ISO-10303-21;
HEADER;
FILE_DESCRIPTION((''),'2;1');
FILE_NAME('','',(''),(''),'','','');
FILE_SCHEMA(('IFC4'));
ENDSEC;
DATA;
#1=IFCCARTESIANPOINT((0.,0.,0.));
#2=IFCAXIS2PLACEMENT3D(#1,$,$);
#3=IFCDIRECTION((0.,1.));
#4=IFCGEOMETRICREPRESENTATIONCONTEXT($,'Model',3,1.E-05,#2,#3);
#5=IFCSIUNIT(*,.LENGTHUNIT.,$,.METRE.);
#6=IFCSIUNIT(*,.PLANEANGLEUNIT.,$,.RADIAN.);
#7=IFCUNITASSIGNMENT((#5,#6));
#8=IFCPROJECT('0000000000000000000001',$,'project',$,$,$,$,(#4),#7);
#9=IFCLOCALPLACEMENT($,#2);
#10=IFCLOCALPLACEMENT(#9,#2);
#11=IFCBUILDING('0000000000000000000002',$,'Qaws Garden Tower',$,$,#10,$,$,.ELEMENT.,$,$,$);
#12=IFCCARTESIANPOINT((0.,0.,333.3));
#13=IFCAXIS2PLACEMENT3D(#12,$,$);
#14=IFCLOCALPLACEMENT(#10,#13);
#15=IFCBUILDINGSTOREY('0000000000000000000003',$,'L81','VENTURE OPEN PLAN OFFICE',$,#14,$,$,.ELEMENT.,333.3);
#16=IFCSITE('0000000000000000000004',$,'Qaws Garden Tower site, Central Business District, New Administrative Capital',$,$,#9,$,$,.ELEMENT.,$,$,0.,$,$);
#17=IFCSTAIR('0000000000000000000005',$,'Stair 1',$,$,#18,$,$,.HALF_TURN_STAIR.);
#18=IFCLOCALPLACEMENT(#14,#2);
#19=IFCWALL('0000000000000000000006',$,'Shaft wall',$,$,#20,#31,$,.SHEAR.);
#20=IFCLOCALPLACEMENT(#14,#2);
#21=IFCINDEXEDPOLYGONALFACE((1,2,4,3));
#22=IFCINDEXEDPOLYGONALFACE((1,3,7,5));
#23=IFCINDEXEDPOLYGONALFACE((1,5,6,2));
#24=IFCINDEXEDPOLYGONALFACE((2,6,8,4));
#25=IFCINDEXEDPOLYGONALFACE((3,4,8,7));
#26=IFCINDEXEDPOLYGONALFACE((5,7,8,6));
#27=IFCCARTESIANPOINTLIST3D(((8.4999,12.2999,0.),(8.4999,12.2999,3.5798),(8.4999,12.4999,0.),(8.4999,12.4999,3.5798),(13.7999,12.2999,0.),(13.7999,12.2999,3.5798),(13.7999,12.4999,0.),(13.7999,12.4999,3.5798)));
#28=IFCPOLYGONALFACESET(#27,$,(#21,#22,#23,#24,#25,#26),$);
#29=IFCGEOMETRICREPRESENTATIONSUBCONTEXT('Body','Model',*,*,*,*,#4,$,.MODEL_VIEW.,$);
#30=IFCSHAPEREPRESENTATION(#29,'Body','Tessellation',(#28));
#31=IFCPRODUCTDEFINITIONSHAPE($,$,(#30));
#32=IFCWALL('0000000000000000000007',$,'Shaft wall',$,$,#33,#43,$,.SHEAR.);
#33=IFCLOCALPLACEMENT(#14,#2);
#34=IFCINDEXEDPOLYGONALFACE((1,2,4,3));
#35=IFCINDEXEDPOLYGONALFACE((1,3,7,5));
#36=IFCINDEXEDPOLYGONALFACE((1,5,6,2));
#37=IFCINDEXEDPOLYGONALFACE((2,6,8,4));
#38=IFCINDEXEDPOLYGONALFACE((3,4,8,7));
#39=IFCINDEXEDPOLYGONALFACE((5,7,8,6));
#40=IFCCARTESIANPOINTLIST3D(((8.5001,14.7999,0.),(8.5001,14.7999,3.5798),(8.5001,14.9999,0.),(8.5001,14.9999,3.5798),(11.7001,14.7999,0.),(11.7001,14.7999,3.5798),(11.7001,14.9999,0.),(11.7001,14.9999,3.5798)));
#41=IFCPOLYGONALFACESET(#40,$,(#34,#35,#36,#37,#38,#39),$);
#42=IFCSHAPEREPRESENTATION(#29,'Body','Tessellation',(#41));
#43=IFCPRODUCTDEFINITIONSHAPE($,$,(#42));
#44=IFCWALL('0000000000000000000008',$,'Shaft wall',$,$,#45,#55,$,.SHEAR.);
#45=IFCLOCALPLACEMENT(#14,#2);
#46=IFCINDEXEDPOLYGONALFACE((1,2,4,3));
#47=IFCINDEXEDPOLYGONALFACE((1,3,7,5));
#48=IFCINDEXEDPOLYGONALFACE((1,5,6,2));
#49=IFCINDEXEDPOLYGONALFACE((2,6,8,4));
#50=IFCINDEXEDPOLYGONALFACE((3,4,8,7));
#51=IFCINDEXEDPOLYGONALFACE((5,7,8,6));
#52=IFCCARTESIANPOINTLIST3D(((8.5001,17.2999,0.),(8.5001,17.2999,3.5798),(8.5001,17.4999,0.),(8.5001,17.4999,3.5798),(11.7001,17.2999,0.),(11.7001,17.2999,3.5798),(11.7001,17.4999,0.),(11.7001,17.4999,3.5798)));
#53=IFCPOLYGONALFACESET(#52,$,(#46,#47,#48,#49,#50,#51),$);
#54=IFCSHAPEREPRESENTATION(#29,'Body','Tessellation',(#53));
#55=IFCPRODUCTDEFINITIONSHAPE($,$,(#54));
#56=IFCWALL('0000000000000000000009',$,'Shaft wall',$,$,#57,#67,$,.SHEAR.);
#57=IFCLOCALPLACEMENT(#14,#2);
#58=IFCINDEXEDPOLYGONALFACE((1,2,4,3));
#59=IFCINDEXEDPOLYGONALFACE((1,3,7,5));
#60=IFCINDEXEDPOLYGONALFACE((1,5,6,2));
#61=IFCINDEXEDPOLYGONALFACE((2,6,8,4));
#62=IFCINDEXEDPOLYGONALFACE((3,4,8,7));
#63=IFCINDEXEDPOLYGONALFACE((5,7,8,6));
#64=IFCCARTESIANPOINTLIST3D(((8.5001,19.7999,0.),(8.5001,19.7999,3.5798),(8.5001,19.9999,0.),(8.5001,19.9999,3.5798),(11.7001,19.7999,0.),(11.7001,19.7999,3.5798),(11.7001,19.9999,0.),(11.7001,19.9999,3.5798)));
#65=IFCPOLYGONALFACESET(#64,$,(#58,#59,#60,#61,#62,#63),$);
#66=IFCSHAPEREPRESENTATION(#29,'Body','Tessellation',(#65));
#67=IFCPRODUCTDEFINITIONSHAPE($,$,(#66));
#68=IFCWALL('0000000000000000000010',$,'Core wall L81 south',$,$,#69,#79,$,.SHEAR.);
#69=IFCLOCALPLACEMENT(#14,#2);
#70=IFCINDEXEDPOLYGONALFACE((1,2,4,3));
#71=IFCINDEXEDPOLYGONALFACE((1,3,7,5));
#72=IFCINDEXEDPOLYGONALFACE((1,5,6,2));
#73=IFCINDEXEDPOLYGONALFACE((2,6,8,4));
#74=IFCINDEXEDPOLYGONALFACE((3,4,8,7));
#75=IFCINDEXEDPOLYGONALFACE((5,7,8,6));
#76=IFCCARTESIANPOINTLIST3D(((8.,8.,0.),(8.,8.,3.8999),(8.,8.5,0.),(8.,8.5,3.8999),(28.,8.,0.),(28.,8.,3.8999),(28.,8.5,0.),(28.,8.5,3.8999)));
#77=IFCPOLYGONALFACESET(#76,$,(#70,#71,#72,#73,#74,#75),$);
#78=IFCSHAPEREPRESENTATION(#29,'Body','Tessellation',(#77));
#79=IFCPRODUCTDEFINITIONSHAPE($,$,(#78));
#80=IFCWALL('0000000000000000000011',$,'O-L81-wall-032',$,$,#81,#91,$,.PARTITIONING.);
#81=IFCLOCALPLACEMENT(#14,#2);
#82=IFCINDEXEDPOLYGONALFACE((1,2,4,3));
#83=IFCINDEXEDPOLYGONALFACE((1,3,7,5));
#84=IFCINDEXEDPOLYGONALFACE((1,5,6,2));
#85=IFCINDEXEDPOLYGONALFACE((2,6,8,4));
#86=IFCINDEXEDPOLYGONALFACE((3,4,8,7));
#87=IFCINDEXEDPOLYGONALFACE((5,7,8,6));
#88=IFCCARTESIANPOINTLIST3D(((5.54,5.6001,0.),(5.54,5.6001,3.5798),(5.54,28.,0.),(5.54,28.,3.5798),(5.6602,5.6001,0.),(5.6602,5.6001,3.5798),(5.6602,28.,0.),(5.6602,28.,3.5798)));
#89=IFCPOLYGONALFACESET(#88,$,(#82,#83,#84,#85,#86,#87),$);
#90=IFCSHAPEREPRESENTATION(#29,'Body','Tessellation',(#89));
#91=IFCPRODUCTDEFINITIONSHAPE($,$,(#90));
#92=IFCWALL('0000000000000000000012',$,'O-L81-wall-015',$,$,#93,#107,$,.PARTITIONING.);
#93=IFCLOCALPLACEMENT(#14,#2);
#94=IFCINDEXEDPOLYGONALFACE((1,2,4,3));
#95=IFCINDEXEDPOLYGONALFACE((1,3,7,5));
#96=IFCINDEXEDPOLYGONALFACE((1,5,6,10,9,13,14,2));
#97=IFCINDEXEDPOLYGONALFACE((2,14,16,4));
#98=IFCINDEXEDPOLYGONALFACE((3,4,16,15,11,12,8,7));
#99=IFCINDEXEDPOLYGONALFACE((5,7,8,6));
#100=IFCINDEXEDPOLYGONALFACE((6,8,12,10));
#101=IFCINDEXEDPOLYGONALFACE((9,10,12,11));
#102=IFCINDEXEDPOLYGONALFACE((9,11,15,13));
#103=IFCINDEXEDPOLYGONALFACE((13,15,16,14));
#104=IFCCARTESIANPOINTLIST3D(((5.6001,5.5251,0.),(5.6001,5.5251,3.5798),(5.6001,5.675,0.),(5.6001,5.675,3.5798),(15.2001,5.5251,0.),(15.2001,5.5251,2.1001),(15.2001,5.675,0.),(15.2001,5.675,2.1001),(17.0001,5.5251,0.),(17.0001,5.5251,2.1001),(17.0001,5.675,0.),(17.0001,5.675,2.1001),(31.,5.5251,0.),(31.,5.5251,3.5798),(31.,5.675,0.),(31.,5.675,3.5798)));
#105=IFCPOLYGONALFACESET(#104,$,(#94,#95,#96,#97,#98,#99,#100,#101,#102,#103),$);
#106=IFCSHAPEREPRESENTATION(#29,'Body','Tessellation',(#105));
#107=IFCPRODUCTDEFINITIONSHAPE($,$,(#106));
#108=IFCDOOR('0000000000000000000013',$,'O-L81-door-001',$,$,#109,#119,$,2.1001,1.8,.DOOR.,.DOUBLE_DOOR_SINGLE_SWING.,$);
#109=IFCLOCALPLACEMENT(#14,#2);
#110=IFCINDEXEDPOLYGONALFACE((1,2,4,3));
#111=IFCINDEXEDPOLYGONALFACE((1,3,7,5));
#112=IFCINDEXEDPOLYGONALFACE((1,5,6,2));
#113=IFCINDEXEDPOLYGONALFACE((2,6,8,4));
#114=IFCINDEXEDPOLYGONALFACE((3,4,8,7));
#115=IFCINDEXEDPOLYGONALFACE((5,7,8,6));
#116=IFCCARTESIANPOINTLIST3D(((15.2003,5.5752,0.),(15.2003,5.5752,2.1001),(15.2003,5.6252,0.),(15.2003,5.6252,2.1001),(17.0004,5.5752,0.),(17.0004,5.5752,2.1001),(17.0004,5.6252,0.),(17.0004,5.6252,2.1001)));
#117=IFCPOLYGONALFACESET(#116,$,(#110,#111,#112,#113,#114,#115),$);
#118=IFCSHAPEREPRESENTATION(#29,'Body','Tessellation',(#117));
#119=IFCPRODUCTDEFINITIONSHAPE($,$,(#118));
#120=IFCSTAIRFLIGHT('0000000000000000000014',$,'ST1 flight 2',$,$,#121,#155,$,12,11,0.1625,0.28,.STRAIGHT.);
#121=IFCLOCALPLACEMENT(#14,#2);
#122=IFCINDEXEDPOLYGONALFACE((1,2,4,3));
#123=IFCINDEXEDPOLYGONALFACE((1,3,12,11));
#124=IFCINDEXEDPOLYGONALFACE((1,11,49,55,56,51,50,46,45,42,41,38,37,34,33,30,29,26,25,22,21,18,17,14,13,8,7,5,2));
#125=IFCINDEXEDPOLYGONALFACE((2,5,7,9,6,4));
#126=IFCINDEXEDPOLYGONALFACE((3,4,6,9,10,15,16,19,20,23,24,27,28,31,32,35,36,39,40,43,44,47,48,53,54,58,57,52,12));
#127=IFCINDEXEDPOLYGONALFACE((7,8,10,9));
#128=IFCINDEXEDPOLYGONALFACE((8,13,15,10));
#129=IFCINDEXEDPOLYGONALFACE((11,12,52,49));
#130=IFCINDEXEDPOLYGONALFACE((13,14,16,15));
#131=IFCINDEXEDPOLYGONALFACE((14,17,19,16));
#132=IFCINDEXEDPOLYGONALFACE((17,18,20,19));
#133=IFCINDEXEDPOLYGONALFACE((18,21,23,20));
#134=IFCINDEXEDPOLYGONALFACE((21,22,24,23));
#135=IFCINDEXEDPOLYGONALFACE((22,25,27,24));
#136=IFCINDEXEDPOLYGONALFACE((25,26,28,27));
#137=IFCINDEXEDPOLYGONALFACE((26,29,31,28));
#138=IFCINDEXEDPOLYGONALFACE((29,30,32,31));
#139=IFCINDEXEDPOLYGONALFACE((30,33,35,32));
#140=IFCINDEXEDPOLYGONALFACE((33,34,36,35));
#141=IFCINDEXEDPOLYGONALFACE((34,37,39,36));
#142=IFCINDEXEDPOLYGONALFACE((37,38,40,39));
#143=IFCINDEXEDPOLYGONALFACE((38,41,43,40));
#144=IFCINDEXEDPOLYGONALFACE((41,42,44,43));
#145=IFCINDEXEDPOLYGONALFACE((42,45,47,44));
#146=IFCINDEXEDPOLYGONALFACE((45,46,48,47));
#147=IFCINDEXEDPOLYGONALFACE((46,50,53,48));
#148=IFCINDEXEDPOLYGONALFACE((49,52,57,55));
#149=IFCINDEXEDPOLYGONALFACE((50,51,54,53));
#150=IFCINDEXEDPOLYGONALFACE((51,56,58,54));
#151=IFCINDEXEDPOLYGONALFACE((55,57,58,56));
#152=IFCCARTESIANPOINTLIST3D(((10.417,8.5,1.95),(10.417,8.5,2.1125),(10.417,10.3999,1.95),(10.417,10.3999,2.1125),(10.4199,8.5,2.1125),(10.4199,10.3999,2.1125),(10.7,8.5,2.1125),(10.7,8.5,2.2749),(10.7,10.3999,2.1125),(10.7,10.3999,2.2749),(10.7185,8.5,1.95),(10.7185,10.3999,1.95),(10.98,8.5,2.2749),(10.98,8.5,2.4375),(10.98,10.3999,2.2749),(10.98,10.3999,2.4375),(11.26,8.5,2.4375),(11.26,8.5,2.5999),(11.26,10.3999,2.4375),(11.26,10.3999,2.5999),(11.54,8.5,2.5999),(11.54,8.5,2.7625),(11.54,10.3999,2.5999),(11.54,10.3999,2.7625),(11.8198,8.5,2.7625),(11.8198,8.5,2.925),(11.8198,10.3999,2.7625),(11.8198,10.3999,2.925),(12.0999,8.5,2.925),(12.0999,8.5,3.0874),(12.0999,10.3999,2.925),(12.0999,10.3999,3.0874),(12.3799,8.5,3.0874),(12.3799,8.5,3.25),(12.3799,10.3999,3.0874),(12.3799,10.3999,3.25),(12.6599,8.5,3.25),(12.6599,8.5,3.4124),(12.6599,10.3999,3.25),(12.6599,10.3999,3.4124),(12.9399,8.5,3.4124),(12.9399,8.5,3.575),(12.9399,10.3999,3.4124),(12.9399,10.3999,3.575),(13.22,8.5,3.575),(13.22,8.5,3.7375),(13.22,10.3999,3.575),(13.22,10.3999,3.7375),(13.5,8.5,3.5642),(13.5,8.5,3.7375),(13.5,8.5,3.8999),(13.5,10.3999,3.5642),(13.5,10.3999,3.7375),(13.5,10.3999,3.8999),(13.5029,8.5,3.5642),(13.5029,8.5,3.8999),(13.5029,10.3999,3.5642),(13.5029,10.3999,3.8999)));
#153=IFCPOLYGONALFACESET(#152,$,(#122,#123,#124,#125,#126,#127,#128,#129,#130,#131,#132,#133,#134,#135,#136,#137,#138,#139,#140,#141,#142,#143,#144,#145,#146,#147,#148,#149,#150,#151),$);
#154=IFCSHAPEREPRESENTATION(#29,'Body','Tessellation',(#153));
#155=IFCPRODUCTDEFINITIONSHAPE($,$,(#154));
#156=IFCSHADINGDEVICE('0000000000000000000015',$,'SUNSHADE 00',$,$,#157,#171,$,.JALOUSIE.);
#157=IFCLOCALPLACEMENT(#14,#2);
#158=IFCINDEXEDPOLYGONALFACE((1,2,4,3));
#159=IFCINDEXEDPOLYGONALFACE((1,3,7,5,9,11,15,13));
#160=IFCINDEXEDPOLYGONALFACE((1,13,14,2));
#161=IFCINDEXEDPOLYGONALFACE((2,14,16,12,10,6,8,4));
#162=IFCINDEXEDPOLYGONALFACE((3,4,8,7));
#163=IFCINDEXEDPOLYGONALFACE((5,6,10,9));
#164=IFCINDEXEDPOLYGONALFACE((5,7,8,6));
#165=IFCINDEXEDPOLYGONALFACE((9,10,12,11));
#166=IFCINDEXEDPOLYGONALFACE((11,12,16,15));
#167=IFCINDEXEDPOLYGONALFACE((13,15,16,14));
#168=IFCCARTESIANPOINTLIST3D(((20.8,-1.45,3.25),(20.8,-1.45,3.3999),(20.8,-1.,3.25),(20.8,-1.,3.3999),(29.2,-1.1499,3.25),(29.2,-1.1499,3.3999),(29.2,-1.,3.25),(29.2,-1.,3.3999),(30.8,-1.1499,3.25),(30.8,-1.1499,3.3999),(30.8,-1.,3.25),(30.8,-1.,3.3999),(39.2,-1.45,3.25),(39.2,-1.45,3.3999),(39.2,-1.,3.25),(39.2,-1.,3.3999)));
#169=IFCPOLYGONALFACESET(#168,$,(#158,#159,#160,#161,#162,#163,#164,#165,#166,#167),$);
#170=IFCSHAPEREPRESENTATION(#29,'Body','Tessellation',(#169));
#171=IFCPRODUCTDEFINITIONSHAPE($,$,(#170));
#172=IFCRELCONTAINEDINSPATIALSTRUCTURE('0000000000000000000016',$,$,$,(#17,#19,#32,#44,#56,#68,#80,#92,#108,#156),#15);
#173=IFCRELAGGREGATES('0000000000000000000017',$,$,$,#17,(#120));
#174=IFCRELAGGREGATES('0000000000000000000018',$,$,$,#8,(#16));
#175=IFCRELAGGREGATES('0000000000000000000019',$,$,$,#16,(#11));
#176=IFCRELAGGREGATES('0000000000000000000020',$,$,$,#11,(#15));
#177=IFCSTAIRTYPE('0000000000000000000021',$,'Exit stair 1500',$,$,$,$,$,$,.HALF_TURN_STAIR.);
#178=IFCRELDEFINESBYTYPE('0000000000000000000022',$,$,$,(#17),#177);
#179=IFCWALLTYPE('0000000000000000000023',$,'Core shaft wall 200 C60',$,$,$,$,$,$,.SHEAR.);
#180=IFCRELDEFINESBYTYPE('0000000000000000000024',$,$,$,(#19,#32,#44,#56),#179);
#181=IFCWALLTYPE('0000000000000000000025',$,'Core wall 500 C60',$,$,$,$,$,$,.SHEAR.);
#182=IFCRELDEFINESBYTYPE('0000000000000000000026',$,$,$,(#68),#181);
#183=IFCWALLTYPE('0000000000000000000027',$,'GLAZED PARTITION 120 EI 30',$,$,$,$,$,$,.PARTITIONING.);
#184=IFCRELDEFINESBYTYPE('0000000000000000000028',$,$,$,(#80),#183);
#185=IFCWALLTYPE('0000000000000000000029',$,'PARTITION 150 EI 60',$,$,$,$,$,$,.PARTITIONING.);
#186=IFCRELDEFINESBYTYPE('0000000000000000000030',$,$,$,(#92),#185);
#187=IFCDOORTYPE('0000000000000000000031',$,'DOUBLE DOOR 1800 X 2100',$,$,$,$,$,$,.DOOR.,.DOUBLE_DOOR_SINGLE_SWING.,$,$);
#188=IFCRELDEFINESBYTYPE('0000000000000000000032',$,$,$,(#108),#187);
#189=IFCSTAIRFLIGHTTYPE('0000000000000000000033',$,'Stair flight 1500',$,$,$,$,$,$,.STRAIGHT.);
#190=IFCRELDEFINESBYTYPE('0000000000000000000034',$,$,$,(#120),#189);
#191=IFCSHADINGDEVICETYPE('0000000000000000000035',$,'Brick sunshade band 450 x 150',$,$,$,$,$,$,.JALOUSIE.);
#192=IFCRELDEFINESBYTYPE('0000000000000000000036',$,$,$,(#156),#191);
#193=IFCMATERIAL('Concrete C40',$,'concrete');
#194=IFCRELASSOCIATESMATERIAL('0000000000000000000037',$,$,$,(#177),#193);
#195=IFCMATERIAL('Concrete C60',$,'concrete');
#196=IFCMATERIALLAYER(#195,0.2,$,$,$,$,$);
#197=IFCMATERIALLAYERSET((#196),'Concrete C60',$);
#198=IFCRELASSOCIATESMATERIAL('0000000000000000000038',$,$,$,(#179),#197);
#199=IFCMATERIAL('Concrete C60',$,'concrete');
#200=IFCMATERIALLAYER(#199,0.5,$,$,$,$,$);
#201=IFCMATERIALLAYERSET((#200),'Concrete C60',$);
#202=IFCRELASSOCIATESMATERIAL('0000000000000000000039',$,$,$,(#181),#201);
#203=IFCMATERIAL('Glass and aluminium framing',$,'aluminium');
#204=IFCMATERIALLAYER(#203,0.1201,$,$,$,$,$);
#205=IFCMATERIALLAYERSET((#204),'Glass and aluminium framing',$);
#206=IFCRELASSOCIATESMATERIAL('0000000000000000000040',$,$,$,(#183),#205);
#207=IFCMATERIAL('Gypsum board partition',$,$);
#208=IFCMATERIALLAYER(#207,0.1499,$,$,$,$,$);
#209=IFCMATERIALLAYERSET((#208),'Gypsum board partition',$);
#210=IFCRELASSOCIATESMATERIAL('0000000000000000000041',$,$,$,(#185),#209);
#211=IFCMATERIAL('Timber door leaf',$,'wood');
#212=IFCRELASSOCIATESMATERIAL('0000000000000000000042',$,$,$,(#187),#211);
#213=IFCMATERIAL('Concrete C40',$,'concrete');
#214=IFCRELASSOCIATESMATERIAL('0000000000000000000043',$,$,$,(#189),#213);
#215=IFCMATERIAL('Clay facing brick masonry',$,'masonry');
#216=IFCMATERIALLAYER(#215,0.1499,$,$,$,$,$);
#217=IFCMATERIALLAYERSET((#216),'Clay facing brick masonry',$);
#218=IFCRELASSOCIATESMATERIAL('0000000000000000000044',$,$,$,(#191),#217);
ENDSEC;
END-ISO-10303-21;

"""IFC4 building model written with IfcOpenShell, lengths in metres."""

from ifc_helpers import new_model, si_unit, direction, frame, frame_2d, origin, place, context, subcontext, project, spatial, polyline, rectangle, outline, extrude, material, layer, layer_set, type_object, element, fill, aggregate, save


model = new_model("IFC4")

# Units and contexts
model_context = context("Model", 3, precision=1e-05, world=origin(), true_north=direction((0.0, 1.0)))
body_context = subcontext(model_context, "Body", "Model", "MODEL_VIEW")
ifc_project = project(units=[si_unit("LENGTHUNIT", "METRE"), si_unit("PLANEANGLEUNIT", "RADIAN")], contexts=[model_context])

# Site, building, storey
site_placement = place(None, origin())
site = spatial("IfcSite", under=ifc_project, at=site_placement, Name="Qaws Garden Tower site, Central Business District, New Administrative Capital", CompositionType="ELEMENT", RefElevation=0.0)
building_placement = place(site_placement, origin())
building = spatial("IfcBuilding", under=site, at=building_placement, Name="Qaws Garden Tower", CompositionType="ELEMENT")
storey_placement = place(building_placement, frame((0.0, 0.0, 333.3)))
storey = spatial("IfcBuildingStorey", under=building, at=storey_placement, Name="L81", Description="VENTURE OPEN PLAN OFFICE", CompositionType="ELEMENT", Elevation=333.3)

# Stair
ifc_material_1 = material(Name="Concrete C40", Category="concrete")
stair_type_1 = type_object("IfcStairType", Name="Exit stair 1500", PredefinedType="HALF_TURN_STAIR", material=ifc_material_1)
placement_1 = place(storey_placement, origin())
stair_1 = element("IfcStair", 1, at=placement_1, inside=storey, type_object=stair_type_1, Name="Stair 1", PredefinedType="HALF_TURN_STAIR")

# Walls
ifc_material_2 = material(Name="Concrete C60", Category="concrete")
ifc_layer_1 = layer(ifc_material_2, 0.2)
ifc_layer_set_1 = layer_set([ifc_layer_1], Name="Concrete C60")
wall_type_1 = type_object("IfcWallType", Name="Core shaft wall 200 C60", PredefinedType="SHEAR", material=ifc_layer_set_1)
wall_1_placement = place(storey_placement, frame((8.5, 12.3999, 0.0), z_axis=(0.0, 0.0, 1.0), x_axis=(1.0, 0.0, 0.0)))
element("IfcWall", 2, at=wall_1_placement, inside=storey, type_object=wall_type_1, Name="Shaft wall", PredefinedType="SHEAR", context=body_context, shape_type="SweptSolid", body=[
    extrude(rectangle(XDim=5.3, YDim=0.2, at=frame_2d((2.6499, 0.0))), origin(), (0.0, 0.0, 1.0), 3.5798),
])
for number, where, z_axis, x_axis, name in (
    (3, (8.5, 14.8999, 0.0), (0.0, 0.0, 1.0), (1.0, 0.0, 0.0), "Shaft wall"),
    (4, (8.5, 17.3999, 0.0), (0.0, 0.0, 1.0), (1.0, 0.0, 0.0), "Shaft wall"),
    (5, (8.5, 19.8999, 0.0), (0.0, 0.0, 1.0), (1.0, 0.0, 0.0), "Shaft wall"),
):
    element("IfcWall", number, at=place(storey_placement, frame(where, z_axis=z_axis, x_axis=x_axis)), inside=storey, type_object=wall_type_1, Name=name, PredefinedType="SHEAR", context=body_context, shape_type="SweptSolid", body=[
        extrude(rectangle(XDim=3.2, YDim=0.2, at=frame_2d((1.6001, 0.0))), origin(), (0.0, 0.0, 1.0), 3.5798),
    ])
ifc_material_3 = material(Name="Concrete C60", Category="concrete")
ifc_layer_2 = layer(ifc_material_3, 0.5)
ifc_layer_set_2 = layer_set([ifc_layer_2], Name="Concrete C60")
wall_type_2 = type_object("IfcWallType", Name="Core wall 500 C60", PredefinedType="SHEAR", material=ifc_layer_set_2)
wall_2_placement = place(storey_placement, frame((8.0, 8.25, 0.0), z_axis=(0.0, 0.0, 1.0), x_axis=(1.0, 0.0, 0.0)))
element("IfcWall", 6, at=wall_2_placement, inside=storey, type_object=wall_type_2, Name="Core wall L81 south", PredefinedType="SHEAR", context=body_context, shape_type="SweptSolid", body=[
    extrude(rectangle(XDim=20.0, YDim=0.5, at=frame_2d((10.0, 0.0))), origin(), (0.0, 0.0, 1.0), 3.8999),
])
ifc_material_4 = material(Name="Glass and aluminium framing", Category="aluminium")
ifc_layer_3 = layer(ifc_material_4, 0.1201)
ifc_layer_set_3 = layer_set([ifc_layer_3], Name="Glass and aluminium framing")
wall_type_3 = type_object("IfcWallType", Name="GLAZED PARTITION 120 EI 30", PredefinedType="PARTITIONING", material=ifc_layer_set_3)
wall_3_placement = place(storey_placement, frame((5.6001, 5.6001, 0.0), z_axis=(0.0, 0.0, 1.0), x_axis=(0.0, 1.0, 0.0)))
element("IfcWall", 7, at=wall_3_placement, inside=storey, type_object=wall_type_3, Name="O-L81-wall-032", PredefinedType="PARTITIONING", context=body_context, shape_type="SweptSolid", body=[
    extrude(rectangle(XDim=22.3999, YDim=0.1201, at=frame_2d((11.2, 0.0))), origin(), (0.0, 0.0, 1.0), 3.5798),
])

# Wall, opening, door
ifc_material_5 = material(Name="Gypsum board partition")
ifc_layer_4 = layer(ifc_material_5, 0.1499)
ifc_layer_set_4 = layer_set([ifc_layer_4], Name="Gypsum board partition")
wall_type_4 = type_object("IfcWallType", Name="PARTITION 150 EI 60", PredefinedType="PARTITIONING", material=ifc_layer_set_4)
wall_4_placement = place(storey_placement, frame((5.6001, 5.6001, 0.0), z_axis=(0.0, 0.0, 1.0), x_axis=(1.0, 0.0, 0.0)))
wall_4 = element("IfcWall", 8, at=wall_4_placement, inside=storey, type_object=wall_type_4, Name="O-L81-wall-015", PredefinedType="PARTITIONING", context=body_context, shape_type="SweptSolid", body=[
    extrude(rectangle(XDim=25.3999, YDim=0.1499, at=frame_2d((12.7, 0.0))), origin(), (0.0, 0.0, 1.0), 3.5798),
])
opening_1_placement = place(wall_4_placement, frame((9.6001, 0.0, 0.0)))
opening_1 = element("IfcOpeningElement", 9, at=opening_1_placement, cuts=wall_4, PredefinedType="OPENING", context=body_context, shape_type="SweptSolid", body=[
    extrude(rectangle(XDim=1.8, YDim=2.1001, at=frame_2d((0.8999, 1.05))), frame((0.0, 0.085, 0.0), z_axis=(0.0, -1.0, 0.0), x_axis=(1.0, 0.0, 0.0)), (0.0, 0.0, 1.0), 0.1699),
])
ifc_material_6 = material(Name="Timber door leaf", Category="wood")
door_type = type_object("IfcDoorType", Name="DOUBLE DOOR 1800 X 2100", OperationType="DOUBLE_DOOR_SINGLE_SWING", PredefinedType="DOOR", material=ifc_material_6)
door_placement = place(opening_1_placement, frame((1.8, 0.0, 0.0), z_axis=(0.0, 0.0, 1.0), x_axis=(-1.0, 0.0, 0.0)))
door = element("IfcDoor", 10, at=door_placement, inside=storey, type_object=door_type, Name="O-L81-door-001", OperationType="DOUBLE_DOOR_SINGLE_SWING", OverallHeight=2.1001, OverallWidth=1.8, PredefinedType="DOOR", context=body_context, shape_type="SweptSolid", body=[
    extrude(rectangle(XDim=1.8, YDim=2.1001, at=frame_2d((0.8999, 1.05))), frame((0.0, 0.0249, 0.0), z_axis=(0.0, -1.0, 0.0), x_axis=(1.0, 0.0, 0.0)), (0.0, 0.0, 1.0), 0.05),
])
fill(opening_1, door)

# Stair flight
ifc_material_7 = material(Name="Concrete C40", Category="concrete")
stair_flight_type = type_object("IfcStairFlightType", Name="Stair flight 1500", PredefinedType="STRAIGHT", material=ifc_material_7)
stair_flight_placement = place(storey_placement, frame((10.4199, 9.45, 1.95), z_axis=(0.0, 0.0, 1.0), x_axis=(1.0, 0.0, 0.0)))
stair_flight = element("IfcStairFlight", 11, at=stair_flight_placement, type_object=stair_flight_type, Name="ST1 flight 2", NumberOfRisers=12, NumberOfTreads=11, PredefinedType="STRAIGHT", RiserHeight=0.1625, TreadLength=0.28, context=body_context, shape_type="SweptSolid", body=[
    extrude(outline(polyline([(-0.0029, 0.0), (-0.0029, 0.1626), (0.0, 0.1626), (0.28, 0.1626), (0.28, 0.325), (0.5601, 0.325), (0.5601, 0.4875), (0.8401, 0.4875), (0.8401, 0.6499), (1.1201, 0.6499), (1.1201, 0.8125), (1.3999, 0.8125), (1.3999, 0.9751), (1.6799, 0.9751), (1.6799, 1.1375), (1.96, 1.1375), (1.96, 1.3), (2.24, 1.3), (2.24, 1.4624), (2.52, 1.4624), (2.52, 1.625), (2.8, 1.625), (2.8, 1.7876), (3.0801, 1.7876), (3.0801, 1.95), (3.083, 1.95), (3.083, 1.6143), (3.0801, 1.6143), (0.2986, 0.0), (-0.0029, 0.0)])), frame((0.0, 0.95, 0.0), z_axis=(0.0, -1.0, 0.0), x_axis=(1.0, 0.0, 0.0)), (0.0, 0.0, 1.0), 1.8999),
])
aggregate(stair_1, [stair_flight])

# Shading device
ifc_material_8 = material(Name="Clay facing brick masonry", Category="masonry")
ifc_layer_5 = layer(ifc_material_8, 0.1499)
ifc_layer_set_5 = layer_set([ifc_layer_5], Name="Clay facing brick masonry")
shading_device_type = type_object("IfcShadingDeviceType", Name="Brick sunshade band 450 x 150", PredefinedType="JALOUSIE", material=ifc_layer_set_5)
shading_device_placement = place(storey_placement, frame((0.0, 0.0, 3.25)))
element("IfcShadingDevice", 12, at=shading_device_placement, inside=storey, type_object=shading_device_type, Name="SUNSHADE 00", PredefinedType="JALOUSIE", context=body_context, shape_type="SweptSolid", body=[
    extrude(outline(polyline([(20.8, -1.0), (20.8, -1.45), (39.2, -1.45), (39.2, -1.0), (30.8, -1.0), (30.8, -1.1499), (29.2, -1.1499), (29.2, -1.0), (20.8, -1.0)])), origin(), (0.0, 0.0, 1.0), 0.1499),
])

save(model, "model.ifc")
